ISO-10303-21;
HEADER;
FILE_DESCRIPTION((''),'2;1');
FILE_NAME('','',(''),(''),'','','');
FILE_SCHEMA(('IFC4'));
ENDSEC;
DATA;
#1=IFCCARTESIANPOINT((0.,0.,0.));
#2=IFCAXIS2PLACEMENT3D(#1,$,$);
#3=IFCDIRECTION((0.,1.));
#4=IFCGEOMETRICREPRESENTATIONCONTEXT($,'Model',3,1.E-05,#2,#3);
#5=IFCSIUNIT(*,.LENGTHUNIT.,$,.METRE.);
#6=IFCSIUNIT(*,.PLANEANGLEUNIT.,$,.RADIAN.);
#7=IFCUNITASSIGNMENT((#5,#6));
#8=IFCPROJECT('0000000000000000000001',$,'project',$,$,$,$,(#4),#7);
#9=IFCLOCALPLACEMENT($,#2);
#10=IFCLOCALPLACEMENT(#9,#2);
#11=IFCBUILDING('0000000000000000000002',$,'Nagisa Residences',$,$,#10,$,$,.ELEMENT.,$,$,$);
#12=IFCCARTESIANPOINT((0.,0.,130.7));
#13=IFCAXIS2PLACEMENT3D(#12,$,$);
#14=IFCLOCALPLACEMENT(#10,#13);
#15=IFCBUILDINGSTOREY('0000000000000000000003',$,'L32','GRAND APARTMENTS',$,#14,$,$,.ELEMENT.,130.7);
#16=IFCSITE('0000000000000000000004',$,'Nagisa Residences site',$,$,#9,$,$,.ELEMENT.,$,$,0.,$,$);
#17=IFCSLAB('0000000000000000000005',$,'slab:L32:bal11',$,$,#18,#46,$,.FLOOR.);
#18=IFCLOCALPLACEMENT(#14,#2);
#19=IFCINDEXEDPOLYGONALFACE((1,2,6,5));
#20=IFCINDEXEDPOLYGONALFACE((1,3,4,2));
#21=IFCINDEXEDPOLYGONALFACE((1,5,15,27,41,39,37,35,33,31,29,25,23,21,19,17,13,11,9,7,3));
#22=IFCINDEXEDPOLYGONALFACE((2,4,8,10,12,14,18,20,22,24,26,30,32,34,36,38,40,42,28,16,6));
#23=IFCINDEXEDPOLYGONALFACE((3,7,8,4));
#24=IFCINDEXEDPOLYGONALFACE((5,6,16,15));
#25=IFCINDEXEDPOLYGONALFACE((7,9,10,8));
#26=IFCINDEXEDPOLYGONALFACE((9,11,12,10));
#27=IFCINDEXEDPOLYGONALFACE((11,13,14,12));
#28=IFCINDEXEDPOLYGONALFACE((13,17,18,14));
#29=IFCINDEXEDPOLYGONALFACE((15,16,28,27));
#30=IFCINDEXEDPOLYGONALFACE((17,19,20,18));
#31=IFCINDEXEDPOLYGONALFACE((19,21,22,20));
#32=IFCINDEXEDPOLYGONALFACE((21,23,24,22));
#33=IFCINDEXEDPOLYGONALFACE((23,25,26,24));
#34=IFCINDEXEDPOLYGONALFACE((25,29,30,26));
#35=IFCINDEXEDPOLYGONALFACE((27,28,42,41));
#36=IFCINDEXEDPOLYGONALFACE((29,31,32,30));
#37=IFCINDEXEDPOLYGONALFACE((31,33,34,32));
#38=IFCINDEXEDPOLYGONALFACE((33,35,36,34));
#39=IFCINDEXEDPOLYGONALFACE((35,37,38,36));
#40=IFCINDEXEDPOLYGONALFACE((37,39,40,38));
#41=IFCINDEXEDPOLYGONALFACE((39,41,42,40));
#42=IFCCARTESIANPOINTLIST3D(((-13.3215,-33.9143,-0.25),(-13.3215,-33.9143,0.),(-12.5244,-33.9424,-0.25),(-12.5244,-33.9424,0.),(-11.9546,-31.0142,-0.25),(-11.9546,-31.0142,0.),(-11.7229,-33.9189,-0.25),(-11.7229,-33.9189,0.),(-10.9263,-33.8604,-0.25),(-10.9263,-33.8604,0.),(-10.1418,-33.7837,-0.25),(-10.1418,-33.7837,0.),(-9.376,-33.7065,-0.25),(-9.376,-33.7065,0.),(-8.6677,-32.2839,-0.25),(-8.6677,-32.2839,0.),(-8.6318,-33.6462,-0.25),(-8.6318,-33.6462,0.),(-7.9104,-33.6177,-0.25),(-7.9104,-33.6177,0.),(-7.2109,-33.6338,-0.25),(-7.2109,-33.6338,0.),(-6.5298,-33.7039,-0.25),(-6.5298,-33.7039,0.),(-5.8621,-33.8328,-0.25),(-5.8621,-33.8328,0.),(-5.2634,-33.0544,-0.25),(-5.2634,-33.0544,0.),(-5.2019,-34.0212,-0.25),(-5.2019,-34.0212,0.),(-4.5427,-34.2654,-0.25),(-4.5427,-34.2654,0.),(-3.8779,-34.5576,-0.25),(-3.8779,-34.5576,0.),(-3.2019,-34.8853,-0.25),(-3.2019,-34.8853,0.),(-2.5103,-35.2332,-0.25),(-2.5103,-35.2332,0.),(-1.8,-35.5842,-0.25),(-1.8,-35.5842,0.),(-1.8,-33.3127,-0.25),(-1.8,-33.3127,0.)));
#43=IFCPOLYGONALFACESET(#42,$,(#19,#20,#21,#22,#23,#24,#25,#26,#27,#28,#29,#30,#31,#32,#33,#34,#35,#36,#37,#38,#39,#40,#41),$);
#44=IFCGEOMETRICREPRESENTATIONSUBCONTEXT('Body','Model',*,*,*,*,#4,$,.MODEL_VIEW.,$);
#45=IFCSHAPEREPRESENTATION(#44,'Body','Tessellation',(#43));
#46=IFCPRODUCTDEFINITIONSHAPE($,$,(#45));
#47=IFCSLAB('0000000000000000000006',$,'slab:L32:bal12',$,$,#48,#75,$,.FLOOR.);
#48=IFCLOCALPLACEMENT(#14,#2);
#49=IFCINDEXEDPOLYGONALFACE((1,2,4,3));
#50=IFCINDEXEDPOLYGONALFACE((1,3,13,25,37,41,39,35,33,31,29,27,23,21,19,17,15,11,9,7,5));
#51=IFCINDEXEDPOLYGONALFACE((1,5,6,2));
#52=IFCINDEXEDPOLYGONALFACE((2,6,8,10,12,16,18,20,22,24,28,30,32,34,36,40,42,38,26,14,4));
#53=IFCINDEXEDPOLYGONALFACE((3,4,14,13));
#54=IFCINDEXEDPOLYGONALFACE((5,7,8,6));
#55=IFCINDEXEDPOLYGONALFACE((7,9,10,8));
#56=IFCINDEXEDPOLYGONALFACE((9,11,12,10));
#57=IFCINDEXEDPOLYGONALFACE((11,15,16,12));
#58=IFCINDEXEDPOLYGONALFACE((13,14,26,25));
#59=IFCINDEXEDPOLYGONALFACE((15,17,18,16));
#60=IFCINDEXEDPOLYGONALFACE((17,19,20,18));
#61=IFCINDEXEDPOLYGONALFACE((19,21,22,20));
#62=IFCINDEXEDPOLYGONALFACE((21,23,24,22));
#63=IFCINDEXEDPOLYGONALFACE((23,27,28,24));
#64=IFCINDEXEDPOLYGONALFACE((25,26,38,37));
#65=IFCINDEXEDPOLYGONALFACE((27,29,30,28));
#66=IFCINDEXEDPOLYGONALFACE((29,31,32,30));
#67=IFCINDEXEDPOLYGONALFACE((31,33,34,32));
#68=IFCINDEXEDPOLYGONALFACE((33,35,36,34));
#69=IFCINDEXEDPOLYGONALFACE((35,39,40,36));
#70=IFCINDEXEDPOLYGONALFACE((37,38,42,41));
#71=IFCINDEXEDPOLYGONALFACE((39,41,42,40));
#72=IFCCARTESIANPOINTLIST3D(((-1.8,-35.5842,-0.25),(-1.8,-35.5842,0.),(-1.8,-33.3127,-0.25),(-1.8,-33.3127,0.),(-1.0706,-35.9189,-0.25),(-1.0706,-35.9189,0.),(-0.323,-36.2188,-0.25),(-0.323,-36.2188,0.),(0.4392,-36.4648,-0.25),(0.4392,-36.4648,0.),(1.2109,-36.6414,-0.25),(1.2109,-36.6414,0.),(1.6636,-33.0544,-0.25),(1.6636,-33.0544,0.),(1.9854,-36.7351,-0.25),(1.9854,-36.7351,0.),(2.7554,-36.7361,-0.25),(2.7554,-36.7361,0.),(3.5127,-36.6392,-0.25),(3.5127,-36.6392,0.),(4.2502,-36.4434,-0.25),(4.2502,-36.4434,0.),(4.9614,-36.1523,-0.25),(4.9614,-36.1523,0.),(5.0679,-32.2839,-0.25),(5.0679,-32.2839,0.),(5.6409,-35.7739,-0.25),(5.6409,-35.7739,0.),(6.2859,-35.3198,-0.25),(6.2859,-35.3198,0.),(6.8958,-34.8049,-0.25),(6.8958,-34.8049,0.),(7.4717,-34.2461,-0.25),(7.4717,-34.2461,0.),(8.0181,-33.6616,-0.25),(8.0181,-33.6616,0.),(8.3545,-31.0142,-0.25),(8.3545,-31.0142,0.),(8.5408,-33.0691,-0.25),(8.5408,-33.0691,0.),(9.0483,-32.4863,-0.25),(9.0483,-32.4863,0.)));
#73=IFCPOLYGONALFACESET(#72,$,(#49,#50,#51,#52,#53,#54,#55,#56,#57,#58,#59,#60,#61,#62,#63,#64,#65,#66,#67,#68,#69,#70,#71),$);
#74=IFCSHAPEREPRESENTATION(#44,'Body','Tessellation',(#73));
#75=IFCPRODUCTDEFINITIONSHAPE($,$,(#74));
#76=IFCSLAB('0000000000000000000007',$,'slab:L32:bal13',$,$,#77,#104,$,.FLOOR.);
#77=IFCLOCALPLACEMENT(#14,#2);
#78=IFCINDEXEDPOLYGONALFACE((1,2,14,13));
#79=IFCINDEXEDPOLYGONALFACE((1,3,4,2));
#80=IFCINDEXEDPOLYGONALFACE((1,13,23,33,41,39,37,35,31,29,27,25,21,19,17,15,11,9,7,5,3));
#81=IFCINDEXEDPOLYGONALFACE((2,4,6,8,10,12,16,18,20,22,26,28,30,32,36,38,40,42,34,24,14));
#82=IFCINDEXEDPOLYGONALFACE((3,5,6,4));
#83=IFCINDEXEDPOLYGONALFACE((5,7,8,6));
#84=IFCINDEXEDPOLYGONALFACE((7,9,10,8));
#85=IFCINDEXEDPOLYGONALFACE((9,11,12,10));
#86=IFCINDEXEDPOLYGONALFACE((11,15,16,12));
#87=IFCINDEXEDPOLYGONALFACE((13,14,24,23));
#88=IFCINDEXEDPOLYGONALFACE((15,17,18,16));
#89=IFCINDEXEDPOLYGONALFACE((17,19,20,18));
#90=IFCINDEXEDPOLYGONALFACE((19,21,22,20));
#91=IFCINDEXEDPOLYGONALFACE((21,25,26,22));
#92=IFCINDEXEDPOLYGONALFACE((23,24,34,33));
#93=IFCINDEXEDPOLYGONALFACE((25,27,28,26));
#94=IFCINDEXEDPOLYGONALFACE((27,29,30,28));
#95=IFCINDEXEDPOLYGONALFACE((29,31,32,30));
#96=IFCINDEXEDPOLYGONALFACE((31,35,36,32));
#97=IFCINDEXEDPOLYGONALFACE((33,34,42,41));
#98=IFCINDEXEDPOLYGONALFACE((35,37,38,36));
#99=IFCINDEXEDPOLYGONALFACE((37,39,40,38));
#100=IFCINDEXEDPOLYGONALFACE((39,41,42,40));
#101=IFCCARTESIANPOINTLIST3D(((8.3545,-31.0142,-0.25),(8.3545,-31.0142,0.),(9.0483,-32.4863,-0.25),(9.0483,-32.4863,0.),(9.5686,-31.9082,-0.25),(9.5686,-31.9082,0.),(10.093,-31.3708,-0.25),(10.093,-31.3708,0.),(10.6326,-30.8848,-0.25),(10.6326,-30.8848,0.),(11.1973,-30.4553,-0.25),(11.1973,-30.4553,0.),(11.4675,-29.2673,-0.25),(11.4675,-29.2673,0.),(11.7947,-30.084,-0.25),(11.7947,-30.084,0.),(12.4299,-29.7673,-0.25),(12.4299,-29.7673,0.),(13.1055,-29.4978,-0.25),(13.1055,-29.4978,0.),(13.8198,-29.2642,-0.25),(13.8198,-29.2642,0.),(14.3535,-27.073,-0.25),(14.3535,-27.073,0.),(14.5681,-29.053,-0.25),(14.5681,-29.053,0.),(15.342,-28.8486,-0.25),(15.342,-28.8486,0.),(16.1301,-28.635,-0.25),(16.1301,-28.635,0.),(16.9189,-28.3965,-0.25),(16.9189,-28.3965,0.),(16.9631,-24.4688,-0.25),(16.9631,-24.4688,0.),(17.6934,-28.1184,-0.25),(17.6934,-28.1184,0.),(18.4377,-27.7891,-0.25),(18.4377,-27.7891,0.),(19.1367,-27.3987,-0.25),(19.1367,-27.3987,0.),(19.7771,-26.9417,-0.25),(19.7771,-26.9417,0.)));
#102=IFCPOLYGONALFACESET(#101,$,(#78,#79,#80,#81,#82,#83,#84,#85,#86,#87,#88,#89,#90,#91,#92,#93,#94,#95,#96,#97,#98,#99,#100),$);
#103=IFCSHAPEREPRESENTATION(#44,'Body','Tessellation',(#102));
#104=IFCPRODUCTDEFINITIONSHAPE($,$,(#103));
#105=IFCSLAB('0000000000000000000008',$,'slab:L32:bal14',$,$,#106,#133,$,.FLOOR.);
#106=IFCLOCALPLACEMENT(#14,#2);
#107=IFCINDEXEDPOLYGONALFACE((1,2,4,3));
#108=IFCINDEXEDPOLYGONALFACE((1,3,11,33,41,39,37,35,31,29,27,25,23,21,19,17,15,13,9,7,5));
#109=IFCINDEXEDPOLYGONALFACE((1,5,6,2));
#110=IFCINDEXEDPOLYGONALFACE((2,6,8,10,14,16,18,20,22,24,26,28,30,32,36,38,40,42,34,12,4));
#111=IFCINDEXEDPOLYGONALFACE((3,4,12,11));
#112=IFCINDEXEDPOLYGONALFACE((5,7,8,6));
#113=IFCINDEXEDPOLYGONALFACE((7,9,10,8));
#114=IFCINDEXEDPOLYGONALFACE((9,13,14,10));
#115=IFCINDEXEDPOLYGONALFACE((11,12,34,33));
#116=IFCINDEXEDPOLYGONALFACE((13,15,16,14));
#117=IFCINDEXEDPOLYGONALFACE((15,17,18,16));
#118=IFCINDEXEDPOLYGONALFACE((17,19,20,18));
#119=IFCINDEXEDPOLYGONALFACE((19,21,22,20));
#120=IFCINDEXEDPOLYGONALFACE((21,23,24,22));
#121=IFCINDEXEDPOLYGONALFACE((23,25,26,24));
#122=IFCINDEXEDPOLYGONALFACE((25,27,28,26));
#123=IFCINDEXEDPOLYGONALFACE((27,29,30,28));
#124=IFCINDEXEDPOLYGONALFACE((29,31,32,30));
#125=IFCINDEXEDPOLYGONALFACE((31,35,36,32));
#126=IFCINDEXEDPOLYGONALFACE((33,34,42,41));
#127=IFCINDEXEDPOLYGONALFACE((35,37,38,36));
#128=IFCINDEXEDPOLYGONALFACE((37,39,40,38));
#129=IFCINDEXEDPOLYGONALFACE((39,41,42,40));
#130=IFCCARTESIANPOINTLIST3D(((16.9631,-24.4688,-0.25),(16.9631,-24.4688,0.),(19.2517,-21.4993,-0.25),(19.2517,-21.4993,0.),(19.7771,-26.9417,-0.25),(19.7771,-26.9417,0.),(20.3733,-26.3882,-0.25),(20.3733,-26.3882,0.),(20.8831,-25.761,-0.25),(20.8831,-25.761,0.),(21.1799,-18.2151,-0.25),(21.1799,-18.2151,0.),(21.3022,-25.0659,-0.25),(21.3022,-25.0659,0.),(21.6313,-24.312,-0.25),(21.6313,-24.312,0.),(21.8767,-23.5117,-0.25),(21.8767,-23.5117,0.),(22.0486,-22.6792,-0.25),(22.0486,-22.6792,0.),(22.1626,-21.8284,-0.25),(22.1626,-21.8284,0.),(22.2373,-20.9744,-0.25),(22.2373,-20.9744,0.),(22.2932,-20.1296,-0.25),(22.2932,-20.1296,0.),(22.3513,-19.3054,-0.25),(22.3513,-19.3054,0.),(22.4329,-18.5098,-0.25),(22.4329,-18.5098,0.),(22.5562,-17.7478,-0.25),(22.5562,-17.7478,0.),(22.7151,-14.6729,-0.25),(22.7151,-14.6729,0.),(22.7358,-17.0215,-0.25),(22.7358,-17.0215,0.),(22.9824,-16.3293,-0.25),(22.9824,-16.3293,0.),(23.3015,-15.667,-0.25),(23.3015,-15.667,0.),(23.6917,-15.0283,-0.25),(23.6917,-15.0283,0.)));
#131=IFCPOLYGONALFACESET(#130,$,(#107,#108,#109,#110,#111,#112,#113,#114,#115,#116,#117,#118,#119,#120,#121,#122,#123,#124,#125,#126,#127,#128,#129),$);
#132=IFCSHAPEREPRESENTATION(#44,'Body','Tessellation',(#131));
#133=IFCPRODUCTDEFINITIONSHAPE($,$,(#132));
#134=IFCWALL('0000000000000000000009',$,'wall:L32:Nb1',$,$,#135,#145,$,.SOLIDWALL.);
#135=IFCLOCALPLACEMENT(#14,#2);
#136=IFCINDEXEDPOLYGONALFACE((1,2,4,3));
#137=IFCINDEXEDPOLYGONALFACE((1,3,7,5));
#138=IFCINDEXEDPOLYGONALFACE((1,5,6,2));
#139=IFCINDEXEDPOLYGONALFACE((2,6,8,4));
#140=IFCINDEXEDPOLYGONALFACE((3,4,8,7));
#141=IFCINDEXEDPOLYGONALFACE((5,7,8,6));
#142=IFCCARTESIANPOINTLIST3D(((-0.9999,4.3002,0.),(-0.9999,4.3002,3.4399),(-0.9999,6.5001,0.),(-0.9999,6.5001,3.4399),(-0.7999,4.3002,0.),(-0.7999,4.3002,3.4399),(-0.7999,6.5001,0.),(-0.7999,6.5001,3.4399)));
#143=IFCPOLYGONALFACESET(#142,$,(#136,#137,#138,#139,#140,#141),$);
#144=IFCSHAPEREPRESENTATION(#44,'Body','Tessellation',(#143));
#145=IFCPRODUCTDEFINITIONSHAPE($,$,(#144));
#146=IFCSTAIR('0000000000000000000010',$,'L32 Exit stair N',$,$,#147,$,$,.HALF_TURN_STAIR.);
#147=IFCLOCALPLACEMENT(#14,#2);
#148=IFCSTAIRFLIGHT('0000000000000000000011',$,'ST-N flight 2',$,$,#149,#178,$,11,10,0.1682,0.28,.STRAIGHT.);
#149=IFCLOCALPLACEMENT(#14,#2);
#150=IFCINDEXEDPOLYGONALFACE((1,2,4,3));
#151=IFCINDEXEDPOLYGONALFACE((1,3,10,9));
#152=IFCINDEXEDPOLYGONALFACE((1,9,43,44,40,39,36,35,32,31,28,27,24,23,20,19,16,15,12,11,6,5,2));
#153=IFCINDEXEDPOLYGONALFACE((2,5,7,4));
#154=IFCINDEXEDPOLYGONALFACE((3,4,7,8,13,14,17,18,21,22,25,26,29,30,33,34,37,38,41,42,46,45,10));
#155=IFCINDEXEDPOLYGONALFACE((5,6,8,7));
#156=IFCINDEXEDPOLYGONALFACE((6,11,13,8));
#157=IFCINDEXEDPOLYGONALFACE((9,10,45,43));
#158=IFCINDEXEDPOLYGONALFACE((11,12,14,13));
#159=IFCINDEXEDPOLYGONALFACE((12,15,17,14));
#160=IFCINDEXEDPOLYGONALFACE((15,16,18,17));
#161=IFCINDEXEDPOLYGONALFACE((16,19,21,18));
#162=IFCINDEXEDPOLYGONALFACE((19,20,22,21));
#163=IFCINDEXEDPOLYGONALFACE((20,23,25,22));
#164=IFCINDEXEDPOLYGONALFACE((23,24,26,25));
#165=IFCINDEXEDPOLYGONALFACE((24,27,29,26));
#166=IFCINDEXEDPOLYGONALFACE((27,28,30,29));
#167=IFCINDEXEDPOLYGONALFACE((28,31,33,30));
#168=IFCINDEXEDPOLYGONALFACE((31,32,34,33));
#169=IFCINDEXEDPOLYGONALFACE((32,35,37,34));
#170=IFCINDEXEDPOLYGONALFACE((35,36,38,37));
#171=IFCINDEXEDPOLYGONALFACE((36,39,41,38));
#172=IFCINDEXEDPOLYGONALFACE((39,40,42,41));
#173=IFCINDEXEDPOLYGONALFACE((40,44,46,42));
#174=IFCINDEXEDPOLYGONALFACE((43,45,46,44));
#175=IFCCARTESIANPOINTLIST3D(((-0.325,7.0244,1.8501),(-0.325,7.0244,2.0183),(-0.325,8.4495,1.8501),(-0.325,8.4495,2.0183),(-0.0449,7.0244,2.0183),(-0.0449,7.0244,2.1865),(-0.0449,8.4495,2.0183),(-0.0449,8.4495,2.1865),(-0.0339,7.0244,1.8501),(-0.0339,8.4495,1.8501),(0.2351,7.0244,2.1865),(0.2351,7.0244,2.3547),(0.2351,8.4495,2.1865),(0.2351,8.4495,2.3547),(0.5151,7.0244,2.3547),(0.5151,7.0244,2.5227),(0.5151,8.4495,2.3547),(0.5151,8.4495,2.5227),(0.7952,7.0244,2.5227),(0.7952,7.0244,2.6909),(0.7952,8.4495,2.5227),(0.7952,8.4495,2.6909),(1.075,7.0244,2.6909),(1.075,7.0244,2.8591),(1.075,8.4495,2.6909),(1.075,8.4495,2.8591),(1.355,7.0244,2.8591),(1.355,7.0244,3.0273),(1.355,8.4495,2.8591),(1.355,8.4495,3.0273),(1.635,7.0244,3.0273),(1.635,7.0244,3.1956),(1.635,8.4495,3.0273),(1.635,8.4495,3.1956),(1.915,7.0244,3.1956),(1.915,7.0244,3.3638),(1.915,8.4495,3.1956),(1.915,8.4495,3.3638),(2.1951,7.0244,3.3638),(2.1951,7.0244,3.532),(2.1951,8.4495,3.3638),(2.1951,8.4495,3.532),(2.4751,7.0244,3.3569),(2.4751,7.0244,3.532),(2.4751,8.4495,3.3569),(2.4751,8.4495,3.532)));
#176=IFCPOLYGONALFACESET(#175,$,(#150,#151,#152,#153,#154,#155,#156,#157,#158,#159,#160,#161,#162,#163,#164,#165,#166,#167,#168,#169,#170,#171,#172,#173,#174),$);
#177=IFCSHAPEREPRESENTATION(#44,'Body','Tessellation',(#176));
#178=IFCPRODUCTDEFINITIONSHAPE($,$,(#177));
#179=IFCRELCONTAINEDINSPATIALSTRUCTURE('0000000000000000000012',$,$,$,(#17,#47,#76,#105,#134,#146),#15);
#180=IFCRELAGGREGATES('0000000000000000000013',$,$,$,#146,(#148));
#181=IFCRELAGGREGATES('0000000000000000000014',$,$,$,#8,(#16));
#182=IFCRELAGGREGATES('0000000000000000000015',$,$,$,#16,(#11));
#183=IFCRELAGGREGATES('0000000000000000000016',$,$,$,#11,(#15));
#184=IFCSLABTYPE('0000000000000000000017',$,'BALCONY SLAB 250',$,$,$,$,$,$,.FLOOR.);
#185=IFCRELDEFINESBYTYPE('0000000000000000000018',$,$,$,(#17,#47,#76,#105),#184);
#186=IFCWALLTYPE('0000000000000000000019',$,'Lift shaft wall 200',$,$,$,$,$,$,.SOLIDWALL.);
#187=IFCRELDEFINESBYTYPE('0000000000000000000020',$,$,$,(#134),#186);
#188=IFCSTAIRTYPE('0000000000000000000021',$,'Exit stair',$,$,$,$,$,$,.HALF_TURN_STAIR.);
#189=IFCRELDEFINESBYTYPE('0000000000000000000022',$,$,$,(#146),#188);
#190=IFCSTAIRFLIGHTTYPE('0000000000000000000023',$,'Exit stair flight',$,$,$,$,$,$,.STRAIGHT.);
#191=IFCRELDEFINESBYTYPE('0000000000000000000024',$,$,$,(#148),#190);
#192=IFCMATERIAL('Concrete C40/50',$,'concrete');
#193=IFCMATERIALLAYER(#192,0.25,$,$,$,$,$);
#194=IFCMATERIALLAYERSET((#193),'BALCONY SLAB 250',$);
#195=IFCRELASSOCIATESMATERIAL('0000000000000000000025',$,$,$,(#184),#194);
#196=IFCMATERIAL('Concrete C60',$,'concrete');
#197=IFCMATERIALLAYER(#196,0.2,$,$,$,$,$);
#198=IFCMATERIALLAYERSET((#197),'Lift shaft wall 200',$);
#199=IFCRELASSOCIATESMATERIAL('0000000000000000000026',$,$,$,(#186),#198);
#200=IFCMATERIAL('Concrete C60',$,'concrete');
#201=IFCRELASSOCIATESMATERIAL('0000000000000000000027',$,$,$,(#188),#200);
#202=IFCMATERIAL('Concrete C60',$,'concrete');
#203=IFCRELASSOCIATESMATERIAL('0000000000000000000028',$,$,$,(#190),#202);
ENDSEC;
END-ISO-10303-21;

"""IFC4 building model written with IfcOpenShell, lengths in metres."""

from ifc_helpers import new_model, si_unit, direction, frame, frame_2d, origin, place, context, subcontext, project, spatial, polyline, rectangle, outline, extrude, material, layer, layer_set, type_object, element, aggregate, save


model = new_model("IFC4")

# Units and contexts
model_context = context("Model", 3, precision=1e-05, world=origin(), true_north=direction((0.0, 1.0)))
body_context = subcontext(model_context, "Body", "Model", "MODEL_VIEW")
ifc_project = project(units=[si_unit("LENGTHUNIT", "METRE"), si_unit("PLANEANGLEUNIT", "RADIAN")], contexts=[model_context])

# Site, building, storey
site_placement = place(None, origin())
site = spatial("IfcSite", under=ifc_project, at=site_placement, Name="Nagisa Residences site", CompositionType="ELEMENT", RefElevation=0.0)
building_placement = place(site_placement, origin())
building = spatial("IfcBuilding", under=site, at=building_placement, Name="Nagisa Residences", CompositionType="ELEMENT")
storey_placement = place(building_placement, frame((0.0, 0.0, 130.7)))
storey = spatial("IfcBuildingStorey", under=building, at=storey_placement, Name="L32", Description="GRAND APARTMENTS", CompositionType="ELEMENT", Elevation=130.7)

# Slabs
ifc_material_1 = material(Name="Concrete C40/50", Category="concrete")
ifc_layer_1 = layer(ifc_material_1, 0.25)
ifc_layer_set_1 = layer_set([ifc_layer_1], Name="BALCONY SLAB 250")
slab_type = type_object("IfcSlabType", Name="BALCONY SLAB 250", PredefinedType="FLOOR", material=ifc_layer_set_1)
slab_1_placement = place(storey_placement, frame((0.0, 0.0, -0.25)))
element("IfcSlab", 1, at=slab_1_placement, inside=storey, type_object=slab_type, Name="slab:L32:bal11", PredefinedType="FLOOR", context=body_context, shape_type="SweptSolid", body=[
    extrude(outline(polyline([(-13.3215, -33.9143), (-12.5244, -33.9424), (-11.7229, -33.9189), (-10.9263, -33.8604), (-10.1418, -33.7837), (-9.376, -33.7065), (-8.6318, -33.6462), (-7.9104, -33.6177), (-7.2109, -33.6338), (-6.5298, -33.7039), (-5.8621, -33.8328), (-5.2019, -34.0212), (-4.5427, -34.2654), (-3.8779, -34.5576), (-3.2019, -34.8853), (-2.5103, -35.2332), (-1.8, -35.5842), (-1.8, -33.3127), (-5.2634, -33.0544), (-8.6677, -32.2839), (-11.9546, -31.0142), (-13.3215, -33.9143)])), origin(), (0.0, 0.0, 1.0), 0.25),
])
slab_2_placement = place(storey_placement, frame((0.0, 0.0, -0.25)))
element("IfcSlab", 2, at=slab_2_placement, inside=storey, type_object=slab_type, Name="slab:L32:bal12", PredefinedType="FLOOR", context=body_context, shape_type="SweptSolid", body=[
    extrude(outline(polyline([(-1.8, -35.5842), (-1.0706, -35.9189), (-0.323, -36.2188), (0.4392, -36.4648), (1.2109, -36.6414), (1.9854, -36.7351), (2.7554, -36.7361), (3.5127, -36.6392), (4.2502, -36.4434), (4.9614, -36.1523), (5.6409, -35.7739), (6.2859, -35.3198), (6.8958, -34.8049), (7.4717, -34.2461), (8.0181, -33.6616), (8.5408, -33.0691), (9.0483, -32.4863), (8.3545, -31.0142), (5.0679, -32.2839), (1.6636, -33.0544), (-1.8, -33.3127), (-1.8, -35.5842)])), origin(), (0.0, 0.0, 1.0), 0.25),
])
slab_3_placement = place(storey_placement, frame((0.0, 0.0, -0.25)))
element("IfcSlab", 3, at=slab_3_placement, inside=storey, type_object=slab_type, Name="slab:L32:bal13", PredefinedType="FLOOR", context=body_context, shape_type="SweptSolid", body=[
    extrude(outline(polyline([(9.0483, -32.4863), (9.5686, -31.9082), (10.093, -31.3708), (10.6326, -30.8848), (11.1973, -30.4553), (11.7947, -30.084), (12.4299, -29.7673), (13.1055, -29.4978), (13.8198, -29.2642), (14.5681, -29.053), (15.342, -28.8486), (16.1301, -28.635), (16.9189, -28.3965), (17.6934, -28.1184), (18.4377, -27.7891), (19.1367, -27.3987), (19.7771, -26.9417), (16.9631, -24.4688), (14.3535, -27.073), (11.4675, -29.2673), (8.3545, -31.0142), (9.0483, -32.4863)])), origin(), (0.0, 0.0, 1.0), 0.25),
])
slab_4_placement = place(storey_placement, frame((0.0, 0.0, -0.25)))
element("IfcSlab", 4, at=slab_4_placement, inside=storey, type_object=slab_type, Name="slab:L32:bal14", PredefinedType="FLOOR", context=body_context, shape_type="SweptSolid", body=[
    extrude(outline(polyline([(19.7771, -26.9417), (20.3733, -26.3882), (20.8831, -25.761), (21.3022, -25.0659), (21.6313, -24.312), (21.8767, -23.5117), (22.0486, -22.6792), (22.1626, -21.8284), (22.2373, -20.9744), (22.2932, -20.1296), (22.3513, -19.3054), (22.4329, -18.5098), (22.5562, -17.7478), (22.7358, -17.0215), (22.9824, -16.3293), (23.3015, -15.667), (23.6917, -15.0283), (22.7151, -14.6729), (21.1799, -18.2151), (19.2517, -21.4993), (16.9631, -24.4688), (19.7771, -26.9417)])), origin(), (0.0, 0.0, 1.0), 0.25),
])

# Wall
ifc_material_2 = material(Name="Concrete C60", Category="concrete")
ifc_layer_2 = layer(ifc_material_2, 0.2)
ifc_layer_set_2 = layer_set([ifc_layer_2], Name="Lift shaft wall 200")
wall_type = type_object("IfcWallType", Name="Lift shaft wall 200", PredefinedType="SOLIDWALL", material=ifc_layer_set_2)
wall_placement = place(storey_placement, frame((-0.8999, 4.3, 0.0), z_axis=(0.0, 0.0, 1.0), x_axis=(0.0, 1.0, 0.0)))
element("IfcWall", 5, at=wall_placement, inside=storey, type_object=wall_type, Name="wall:L32:Nb1", PredefinedType="SOLIDWALL", context=body_context, shape_type="SweptSolid", body=[
    extrude(rectangle(XDim=2.2, YDim=0.2, at=frame_2d((1.1001, 0.0))), origin(), (0.0, 0.0, 1.0), 3.4399),
])

# Stair, stair flight
ifc_material_3 = material(Name="Concrete C60", Category="concrete")
stair_type = type_object("IfcStairType", Name="Exit stair", PredefinedType="HALF_TURN_STAIR", material=ifc_material_3)
stair_placement = place(storey_placement, origin())
stair = element("IfcStair", 6, at=stair_placement, inside=storey, type_object=stair_type, Name="L32 Exit stair N", PredefinedType="HALF_TURN_STAIR")
ifc_material_4 = material(Name="Concrete C60", Category="concrete")
stair_flight_type = type_object("IfcStairFlightType", Name="Exit stair flight", PredefinedType="STRAIGHT", material=ifc_material_4)
stair_flight_placement = place(storey_placement, frame((-0.325, 7.7371, 1.8501), z_axis=(0.0, 0.0, 1.0), x_axis=(1.0, 0.0, 0.0)))
stair_flight = element("IfcStairFlight", 7, at=stair_flight_placement, type_object=stair_flight_type, Name="ST-N flight 2", NumberOfRisers=11, NumberOfTreads=10, PredefinedType="STRAIGHT", RiserHeight=0.1682, TreadLength=0.28, context=body_context, shape_type="SweptSolid", body=[
    extrude(outline(polyline([(0.0, 0.0), (0.0, 0.1682), (0.28, 0.1682), (0.28, 0.3364), (0.5601, 0.3364), (0.5601, 0.5046), (0.8401, 0.5046), (0.8401, 0.6726), (1.1201, 0.6726), (1.1201, 0.8408), (1.3999, 0.8408), (1.3999, 1.009), (1.6799, 1.009), (1.6799, 1.1772), (1.96, 1.1772), (1.96, 1.3455), (2.24, 1.3455), (2.24, 1.5137), (2.52, 1.5137), (2.52, 1.6819), (2.8, 1.6819), (2.8, 1.8501), (2.8, 1.5068), (0.291, 0.0), (0.0, 0.0)])), frame((0.0, 0.7124, 0.0), z_axis=(0.0, -1.0, 0.0), x_axis=(1.0, 0.0, 0.0)), (0.0, 0.0, 1.0), 1.425),
])
aggregate(stair, [stair_flight])

save(model, "model.ifc")
